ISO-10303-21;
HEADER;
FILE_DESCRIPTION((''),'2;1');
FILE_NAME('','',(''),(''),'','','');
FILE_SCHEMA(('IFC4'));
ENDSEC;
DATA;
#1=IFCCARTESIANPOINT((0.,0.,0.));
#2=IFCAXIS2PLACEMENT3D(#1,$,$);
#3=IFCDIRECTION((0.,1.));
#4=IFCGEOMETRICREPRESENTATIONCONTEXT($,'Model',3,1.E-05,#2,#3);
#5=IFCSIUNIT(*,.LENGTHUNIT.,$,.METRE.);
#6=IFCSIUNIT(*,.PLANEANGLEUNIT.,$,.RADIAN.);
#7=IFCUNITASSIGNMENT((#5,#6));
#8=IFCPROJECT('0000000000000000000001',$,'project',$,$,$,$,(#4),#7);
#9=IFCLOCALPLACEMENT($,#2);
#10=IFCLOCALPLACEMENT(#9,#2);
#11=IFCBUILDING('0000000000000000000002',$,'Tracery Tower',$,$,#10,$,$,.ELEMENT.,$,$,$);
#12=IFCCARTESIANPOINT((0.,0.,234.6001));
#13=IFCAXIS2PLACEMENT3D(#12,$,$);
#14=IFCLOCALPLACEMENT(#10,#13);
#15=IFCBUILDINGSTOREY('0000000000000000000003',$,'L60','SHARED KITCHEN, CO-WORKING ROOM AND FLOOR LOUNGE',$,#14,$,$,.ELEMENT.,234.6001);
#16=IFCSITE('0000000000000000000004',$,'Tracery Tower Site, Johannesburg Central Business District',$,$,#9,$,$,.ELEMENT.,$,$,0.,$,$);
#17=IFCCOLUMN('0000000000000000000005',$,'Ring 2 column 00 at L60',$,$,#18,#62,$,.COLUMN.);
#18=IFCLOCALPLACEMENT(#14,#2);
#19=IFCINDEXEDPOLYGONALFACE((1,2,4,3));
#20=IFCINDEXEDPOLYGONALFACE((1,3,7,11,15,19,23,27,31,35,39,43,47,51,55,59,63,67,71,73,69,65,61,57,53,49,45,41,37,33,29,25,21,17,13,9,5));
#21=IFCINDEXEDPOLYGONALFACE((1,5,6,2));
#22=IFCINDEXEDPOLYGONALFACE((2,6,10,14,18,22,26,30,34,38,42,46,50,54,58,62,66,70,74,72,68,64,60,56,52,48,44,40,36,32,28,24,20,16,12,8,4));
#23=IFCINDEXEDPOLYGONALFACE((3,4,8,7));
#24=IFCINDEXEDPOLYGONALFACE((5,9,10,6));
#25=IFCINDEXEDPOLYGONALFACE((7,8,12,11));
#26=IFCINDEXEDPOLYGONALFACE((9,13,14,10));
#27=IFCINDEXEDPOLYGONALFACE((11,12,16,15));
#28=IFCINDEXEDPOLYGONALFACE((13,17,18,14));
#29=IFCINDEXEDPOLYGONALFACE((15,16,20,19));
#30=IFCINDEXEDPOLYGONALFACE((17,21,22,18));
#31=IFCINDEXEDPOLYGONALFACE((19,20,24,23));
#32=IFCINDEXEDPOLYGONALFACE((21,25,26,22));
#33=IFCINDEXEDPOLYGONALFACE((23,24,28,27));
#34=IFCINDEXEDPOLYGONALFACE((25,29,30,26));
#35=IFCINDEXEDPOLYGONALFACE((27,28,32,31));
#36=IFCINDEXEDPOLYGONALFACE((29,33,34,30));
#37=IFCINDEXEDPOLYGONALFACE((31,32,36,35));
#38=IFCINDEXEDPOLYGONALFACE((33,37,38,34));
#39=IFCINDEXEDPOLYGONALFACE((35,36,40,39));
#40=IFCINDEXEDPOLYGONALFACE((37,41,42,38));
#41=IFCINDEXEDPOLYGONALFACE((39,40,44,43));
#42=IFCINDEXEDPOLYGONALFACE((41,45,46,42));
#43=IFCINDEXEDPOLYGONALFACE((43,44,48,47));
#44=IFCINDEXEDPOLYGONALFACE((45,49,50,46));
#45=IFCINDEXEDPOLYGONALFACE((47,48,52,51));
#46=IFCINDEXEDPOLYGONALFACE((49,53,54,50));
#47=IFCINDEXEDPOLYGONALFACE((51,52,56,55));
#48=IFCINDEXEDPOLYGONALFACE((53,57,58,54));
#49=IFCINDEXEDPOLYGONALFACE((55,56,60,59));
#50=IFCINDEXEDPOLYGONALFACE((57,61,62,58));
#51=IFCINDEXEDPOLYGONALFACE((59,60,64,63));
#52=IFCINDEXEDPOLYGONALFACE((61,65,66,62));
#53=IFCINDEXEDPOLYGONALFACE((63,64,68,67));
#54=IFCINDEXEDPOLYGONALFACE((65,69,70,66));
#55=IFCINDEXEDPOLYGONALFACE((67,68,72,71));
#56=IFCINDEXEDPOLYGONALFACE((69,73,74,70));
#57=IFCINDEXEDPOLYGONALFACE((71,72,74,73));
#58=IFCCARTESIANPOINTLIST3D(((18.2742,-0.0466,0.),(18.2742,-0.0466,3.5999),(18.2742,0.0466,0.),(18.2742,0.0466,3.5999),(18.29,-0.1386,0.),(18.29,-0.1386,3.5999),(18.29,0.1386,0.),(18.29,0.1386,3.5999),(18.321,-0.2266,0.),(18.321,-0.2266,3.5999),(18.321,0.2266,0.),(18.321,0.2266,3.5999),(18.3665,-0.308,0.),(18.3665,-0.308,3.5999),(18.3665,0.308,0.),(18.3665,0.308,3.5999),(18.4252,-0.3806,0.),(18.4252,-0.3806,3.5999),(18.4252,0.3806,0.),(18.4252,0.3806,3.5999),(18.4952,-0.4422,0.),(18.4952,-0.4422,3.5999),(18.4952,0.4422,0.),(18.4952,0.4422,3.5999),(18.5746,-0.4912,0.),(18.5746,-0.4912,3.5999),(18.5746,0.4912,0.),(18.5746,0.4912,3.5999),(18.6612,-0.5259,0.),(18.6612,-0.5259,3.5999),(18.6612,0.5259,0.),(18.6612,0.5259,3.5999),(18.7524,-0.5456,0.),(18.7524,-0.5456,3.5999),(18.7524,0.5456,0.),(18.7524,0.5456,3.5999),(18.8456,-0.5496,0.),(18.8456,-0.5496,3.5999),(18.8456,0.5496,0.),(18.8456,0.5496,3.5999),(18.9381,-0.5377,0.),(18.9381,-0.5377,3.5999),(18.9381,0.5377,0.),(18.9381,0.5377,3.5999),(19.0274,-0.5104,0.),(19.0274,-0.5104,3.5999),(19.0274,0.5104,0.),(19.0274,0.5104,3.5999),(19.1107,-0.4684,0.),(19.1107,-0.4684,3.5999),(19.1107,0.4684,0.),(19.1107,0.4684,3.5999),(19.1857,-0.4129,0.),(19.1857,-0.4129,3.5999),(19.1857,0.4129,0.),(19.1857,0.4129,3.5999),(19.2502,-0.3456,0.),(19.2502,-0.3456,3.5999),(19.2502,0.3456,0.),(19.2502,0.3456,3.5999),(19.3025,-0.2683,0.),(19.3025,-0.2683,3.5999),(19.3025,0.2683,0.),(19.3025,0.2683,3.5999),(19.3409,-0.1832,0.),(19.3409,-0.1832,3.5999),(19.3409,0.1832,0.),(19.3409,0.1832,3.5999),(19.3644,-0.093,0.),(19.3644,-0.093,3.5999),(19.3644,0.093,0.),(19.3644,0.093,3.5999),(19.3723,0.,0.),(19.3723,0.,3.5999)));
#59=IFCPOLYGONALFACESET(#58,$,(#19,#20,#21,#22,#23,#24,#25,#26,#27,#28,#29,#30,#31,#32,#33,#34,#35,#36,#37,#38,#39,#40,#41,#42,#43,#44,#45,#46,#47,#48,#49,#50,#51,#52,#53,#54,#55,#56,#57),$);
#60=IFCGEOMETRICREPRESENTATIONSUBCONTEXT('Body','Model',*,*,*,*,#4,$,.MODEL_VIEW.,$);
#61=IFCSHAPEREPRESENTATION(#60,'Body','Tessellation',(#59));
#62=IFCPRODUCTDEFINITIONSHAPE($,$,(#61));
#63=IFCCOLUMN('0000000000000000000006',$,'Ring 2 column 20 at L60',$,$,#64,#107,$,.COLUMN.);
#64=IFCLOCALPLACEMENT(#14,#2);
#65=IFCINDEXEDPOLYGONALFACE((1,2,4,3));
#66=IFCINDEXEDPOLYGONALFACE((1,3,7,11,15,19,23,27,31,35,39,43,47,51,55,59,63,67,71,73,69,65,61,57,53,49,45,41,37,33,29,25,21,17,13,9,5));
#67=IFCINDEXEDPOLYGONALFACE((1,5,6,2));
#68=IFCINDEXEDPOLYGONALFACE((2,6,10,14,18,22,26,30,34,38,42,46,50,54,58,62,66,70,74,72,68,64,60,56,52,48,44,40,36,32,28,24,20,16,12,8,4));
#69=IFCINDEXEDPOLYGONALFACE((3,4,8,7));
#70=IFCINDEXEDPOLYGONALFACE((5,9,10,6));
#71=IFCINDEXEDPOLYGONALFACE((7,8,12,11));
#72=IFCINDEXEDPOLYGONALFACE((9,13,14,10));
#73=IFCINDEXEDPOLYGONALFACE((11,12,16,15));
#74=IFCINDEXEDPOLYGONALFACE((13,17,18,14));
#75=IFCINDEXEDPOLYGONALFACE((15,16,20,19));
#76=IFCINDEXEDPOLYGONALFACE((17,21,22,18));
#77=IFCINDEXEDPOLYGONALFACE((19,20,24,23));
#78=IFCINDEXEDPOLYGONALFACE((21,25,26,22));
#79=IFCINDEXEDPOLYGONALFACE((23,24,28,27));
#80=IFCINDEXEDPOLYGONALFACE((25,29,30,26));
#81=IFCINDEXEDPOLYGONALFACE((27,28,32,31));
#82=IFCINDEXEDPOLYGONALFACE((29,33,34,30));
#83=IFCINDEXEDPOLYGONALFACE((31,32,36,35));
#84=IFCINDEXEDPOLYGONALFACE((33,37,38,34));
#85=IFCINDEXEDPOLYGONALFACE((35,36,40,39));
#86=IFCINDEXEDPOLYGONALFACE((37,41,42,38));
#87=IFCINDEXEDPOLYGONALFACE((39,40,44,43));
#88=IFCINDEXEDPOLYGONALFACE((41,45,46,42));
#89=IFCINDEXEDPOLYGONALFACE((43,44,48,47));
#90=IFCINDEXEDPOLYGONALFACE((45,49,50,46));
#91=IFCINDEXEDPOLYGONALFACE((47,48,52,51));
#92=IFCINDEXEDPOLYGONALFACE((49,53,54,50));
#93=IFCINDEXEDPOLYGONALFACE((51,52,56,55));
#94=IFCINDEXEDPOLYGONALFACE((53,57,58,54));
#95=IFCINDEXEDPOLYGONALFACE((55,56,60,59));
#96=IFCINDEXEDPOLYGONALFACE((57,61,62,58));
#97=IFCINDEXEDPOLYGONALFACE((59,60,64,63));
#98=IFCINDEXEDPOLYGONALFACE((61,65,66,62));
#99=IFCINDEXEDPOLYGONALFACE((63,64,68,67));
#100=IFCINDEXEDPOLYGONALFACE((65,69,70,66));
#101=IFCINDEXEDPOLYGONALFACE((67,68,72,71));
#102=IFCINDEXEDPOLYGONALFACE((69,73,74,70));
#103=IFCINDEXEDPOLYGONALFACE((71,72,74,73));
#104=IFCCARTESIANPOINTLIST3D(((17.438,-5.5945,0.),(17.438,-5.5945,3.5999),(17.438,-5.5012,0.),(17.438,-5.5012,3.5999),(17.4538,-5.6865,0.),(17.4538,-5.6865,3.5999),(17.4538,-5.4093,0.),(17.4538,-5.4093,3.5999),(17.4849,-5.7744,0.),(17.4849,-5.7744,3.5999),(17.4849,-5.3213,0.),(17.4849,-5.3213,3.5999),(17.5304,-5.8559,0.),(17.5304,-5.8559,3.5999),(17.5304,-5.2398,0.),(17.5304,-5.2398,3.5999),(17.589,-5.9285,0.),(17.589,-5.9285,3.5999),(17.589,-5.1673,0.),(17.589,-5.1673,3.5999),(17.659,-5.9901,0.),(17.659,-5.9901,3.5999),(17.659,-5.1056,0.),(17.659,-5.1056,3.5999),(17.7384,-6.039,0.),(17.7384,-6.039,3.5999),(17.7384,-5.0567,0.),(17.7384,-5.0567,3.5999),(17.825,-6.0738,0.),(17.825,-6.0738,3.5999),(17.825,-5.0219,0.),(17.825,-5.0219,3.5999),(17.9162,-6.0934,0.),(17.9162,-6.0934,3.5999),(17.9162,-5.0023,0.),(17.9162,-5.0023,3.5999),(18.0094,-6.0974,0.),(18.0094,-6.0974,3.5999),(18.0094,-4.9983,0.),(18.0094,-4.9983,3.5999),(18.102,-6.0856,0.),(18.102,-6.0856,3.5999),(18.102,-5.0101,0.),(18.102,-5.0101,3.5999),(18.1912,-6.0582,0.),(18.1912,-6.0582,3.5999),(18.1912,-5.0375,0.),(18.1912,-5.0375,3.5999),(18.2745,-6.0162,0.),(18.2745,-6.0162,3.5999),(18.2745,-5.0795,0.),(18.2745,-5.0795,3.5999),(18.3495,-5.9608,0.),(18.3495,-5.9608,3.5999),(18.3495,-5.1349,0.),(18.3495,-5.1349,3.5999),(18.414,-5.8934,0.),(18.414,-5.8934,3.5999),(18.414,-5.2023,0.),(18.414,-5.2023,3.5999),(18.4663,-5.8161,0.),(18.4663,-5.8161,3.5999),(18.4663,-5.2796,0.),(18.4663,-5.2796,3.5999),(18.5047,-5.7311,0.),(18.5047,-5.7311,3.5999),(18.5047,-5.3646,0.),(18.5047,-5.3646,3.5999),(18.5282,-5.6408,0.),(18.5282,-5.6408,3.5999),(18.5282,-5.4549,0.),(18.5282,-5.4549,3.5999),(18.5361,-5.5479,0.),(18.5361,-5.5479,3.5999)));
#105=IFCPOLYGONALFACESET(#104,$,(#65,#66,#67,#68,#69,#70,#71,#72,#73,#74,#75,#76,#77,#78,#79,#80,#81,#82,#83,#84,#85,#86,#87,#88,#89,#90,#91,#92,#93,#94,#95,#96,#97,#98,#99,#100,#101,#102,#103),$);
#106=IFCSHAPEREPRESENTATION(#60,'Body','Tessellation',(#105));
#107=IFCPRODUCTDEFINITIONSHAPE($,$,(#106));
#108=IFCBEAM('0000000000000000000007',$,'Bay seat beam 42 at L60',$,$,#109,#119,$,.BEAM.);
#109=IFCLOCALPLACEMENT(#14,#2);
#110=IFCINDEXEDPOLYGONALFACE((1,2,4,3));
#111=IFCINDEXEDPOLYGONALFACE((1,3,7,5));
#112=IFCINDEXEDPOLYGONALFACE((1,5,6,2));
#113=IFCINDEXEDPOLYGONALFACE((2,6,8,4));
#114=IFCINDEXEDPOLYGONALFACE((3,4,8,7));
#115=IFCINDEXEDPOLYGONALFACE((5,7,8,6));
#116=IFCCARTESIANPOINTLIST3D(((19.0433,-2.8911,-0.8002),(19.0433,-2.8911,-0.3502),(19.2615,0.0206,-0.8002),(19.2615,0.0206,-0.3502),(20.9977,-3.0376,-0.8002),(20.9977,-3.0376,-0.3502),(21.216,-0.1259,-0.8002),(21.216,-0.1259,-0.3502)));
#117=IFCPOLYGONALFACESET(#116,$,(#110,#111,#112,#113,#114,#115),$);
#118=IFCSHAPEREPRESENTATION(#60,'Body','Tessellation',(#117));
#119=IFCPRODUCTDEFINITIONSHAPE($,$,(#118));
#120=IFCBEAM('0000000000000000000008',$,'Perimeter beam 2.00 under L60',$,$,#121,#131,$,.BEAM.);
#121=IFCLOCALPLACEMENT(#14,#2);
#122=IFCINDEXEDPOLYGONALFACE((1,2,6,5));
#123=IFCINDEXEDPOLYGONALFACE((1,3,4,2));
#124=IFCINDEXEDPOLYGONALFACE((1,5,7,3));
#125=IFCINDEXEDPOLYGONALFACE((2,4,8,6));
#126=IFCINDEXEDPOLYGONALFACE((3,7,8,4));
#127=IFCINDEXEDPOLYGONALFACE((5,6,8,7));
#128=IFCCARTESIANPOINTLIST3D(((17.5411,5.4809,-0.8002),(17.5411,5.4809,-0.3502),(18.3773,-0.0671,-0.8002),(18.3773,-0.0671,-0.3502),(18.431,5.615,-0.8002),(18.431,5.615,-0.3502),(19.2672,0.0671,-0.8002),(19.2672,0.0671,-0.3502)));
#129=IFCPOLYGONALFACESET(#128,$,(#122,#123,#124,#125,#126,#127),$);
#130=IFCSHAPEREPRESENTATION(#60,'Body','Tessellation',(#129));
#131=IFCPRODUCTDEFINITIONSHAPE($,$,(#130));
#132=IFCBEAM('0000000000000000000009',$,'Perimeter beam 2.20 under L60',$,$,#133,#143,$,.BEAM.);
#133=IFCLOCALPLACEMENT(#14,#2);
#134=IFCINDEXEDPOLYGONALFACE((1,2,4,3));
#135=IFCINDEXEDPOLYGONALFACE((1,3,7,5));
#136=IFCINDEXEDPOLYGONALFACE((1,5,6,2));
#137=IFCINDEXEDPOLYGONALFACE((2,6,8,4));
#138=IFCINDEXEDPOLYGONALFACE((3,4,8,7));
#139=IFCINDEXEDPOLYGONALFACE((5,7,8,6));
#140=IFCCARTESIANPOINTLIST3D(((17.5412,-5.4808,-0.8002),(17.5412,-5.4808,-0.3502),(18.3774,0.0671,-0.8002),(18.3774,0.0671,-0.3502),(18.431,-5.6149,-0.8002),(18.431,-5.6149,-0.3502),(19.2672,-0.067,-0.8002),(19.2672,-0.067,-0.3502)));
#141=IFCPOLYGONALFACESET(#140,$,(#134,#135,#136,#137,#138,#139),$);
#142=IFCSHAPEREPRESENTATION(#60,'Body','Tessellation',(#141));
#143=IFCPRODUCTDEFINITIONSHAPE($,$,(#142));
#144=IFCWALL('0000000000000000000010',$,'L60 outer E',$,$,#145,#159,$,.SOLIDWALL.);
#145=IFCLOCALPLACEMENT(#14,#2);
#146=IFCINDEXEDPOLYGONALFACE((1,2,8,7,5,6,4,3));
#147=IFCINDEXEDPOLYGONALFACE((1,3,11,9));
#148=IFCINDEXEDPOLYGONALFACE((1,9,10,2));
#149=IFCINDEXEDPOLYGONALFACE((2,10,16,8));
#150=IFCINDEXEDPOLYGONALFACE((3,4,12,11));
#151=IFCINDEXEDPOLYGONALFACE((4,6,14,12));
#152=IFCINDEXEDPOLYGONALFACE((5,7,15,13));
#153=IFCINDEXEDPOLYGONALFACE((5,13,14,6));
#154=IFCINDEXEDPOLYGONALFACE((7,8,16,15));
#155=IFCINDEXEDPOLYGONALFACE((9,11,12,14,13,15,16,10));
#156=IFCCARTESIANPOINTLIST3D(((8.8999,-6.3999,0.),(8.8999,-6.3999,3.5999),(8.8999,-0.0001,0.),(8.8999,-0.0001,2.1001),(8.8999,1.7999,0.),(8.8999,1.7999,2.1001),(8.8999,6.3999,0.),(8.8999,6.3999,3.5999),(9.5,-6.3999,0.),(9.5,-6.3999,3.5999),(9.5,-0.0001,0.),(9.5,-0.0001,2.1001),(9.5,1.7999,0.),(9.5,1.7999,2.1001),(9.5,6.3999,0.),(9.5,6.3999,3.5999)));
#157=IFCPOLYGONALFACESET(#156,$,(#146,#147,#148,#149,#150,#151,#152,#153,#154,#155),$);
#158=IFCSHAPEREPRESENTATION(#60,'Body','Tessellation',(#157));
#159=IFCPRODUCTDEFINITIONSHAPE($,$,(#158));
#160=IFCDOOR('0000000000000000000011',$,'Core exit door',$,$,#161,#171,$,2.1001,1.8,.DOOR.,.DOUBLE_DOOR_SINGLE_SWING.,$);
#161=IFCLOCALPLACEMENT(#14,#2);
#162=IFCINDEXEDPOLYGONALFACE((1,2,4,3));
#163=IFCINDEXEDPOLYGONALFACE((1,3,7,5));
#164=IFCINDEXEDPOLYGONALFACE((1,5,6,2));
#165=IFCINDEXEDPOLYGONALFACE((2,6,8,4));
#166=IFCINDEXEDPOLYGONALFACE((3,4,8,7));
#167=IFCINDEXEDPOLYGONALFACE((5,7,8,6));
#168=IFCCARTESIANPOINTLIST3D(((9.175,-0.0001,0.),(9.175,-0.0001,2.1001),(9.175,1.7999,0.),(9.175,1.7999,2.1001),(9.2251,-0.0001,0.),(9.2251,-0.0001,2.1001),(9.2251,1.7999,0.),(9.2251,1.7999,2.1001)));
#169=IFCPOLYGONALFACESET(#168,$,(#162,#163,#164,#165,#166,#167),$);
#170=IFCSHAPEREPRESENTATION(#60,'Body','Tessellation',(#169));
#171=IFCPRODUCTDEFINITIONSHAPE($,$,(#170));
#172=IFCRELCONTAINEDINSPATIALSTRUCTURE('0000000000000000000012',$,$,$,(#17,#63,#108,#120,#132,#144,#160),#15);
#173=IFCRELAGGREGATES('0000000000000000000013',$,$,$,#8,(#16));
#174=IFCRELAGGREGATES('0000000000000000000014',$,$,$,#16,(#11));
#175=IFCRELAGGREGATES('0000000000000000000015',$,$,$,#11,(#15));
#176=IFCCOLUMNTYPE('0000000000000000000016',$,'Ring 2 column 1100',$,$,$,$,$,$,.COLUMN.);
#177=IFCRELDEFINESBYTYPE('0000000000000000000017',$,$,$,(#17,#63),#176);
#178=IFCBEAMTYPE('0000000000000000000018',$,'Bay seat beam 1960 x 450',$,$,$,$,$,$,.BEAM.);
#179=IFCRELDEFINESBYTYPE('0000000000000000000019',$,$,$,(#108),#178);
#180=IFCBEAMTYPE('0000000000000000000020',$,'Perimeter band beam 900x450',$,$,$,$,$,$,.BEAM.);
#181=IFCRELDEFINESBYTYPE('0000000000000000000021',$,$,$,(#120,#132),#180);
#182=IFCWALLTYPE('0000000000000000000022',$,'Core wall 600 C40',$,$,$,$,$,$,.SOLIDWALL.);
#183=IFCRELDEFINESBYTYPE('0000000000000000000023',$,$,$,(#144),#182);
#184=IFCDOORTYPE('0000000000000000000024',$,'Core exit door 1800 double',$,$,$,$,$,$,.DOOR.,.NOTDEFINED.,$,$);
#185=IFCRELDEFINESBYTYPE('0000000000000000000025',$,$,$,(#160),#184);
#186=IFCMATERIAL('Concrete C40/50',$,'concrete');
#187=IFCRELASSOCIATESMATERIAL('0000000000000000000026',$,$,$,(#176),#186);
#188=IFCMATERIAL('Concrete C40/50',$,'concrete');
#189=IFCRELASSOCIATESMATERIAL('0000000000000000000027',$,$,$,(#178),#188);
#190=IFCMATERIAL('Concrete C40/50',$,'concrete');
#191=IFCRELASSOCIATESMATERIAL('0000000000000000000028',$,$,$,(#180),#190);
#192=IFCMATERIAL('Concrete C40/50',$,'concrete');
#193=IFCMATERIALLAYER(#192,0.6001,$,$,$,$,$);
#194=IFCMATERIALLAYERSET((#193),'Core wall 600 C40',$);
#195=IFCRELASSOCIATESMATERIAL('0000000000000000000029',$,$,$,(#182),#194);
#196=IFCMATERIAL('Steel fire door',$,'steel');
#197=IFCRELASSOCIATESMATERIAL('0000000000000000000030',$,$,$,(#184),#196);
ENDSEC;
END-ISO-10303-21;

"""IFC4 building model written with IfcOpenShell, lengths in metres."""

from ifc_helpers import new_model, si_unit, direction, frame, frame_2d, origin, origin_2d, place, context, subcontext, project, spatial, rectangle, circle, extrude, material, layer, layer_set, material_profile, profile_set, type_object, element, fill, save


model = new_model("IFC4")

# Units and contexts
model_context = context("Model", 3, precision=1e-05, world=origin(), true_north=direction((0.0, 1.0)))
body_context = subcontext(model_context, "Body", "Model", "MODEL_VIEW")
ifc_project = project(units=[si_unit("LENGTHUNIT", "METRE"), si_unit("PLANEANGLEUNIT", "RADIAN")], contexts=[model_context])

# Site, building, storey
site_placement = place(None, origin())
site = spatial("IfcSite", under=ifc_project, at=site_placement, Name="Tracery Tower Site, Johannesburg Central Business District", CompositionType="ELEMENT", RefElevation=0.0)
building_placement = place(site_placement, origin())
building = spatial("IfcBuilding", under=site, at=building_placement, Name="Tracery Tower", CompositionType="ELEMENT")
storey_placement = place(building_placement, frame((0.0, 0.0, 234.6001)))
storey = spatial("IfcBuildingStorey", under=building, at=storey_placement, Name="L60", Description="SHARED KITCHEN, CO-WORKING ROOM AND FLOOR LOUNGE", CompositionType="ELEMENT", Elevation=234.6001)

# Columns
ifc_material_1 = material(Name="Concrete C40/50", Category="concrete")
ifc_material_profile_1 = material_profile(ifc_material_1, circle(Radius=0.55, at=origin_2d()), Name="RC D1100")
ifc_profile_set_1 = profile_set([ifc_material_profile_1], Name="Concrete C40/50")
column_type = type_object("IfcColumnType", Name="Ring 2 column 1100", PredefinedType="COLUMN", material=ifc_profile_set_1)
for number, where, z_axis, x_axis, name in (
    (1, (18.8223, 0.0, 0.0), (0.0, 0.0, 1.0), (1.0, 0.0, 0.0), "Ring 2 column 00 at L60"),
    (2, (17.9861, -5.5479, 0.0), (0.0, 0.0, 1.0), (1.0, 0.0, 0.0), "Ring 2 column 20 at L60"),
):
    element("IfcColumn", number, at=place(storey_placement, frame(where, z_axis=z_axis, x_axis=x_axis)), inside=storey, type_object=column_type, Name=name, PredefinedType="COLUMN", context=body_context, shape_type="SweptSolid", body=[
        extrude(circle(Radius=0.55, at=origin_2d()), origin(), (0.0, 0.0, 1.0), 3.5999),
    ])

# Beams
ifc_material_2 = material(Name="Concrete C40/50", Category="concrete")
ifc_material_profile_2 = material_profile(ifc_material_2, rectangle(XDim=1.96, YDim=0.45, at=origin_2d()), Name="RC 1960x450")
ifc_profile_set_2 = profile_set([ifc_material_profile_2], Name="Concrete C40/50")
beam_type_1 = type_object("IfcBeamType", Name="Bay seat beam 1960 x 450", PredefinedType="BEAM", material=ifc_profile_set_2)
beam_placement = place(storey_placement, frame((20.0205, -2.9644, -0.5752), z_axis=(0.074746, 0.997203, 0.0), x_axis=(-0.997203, 0.074746, 0.0)))
element("IfcBeam", 3, at=beam_placement, inside=storey, type_object=beam_type_1, Name="Bay seat beam 42 at L60", PredefinedType="BEAM", context=body_context, shape_type="SweptSolid", body=[
    extrude(rectangle(XDim=1.96, YDim=0.45, at=origin_2d()), origin(), (0.0, 0.0, 1.0), 2.9199),
])
ifc_material_3 = material(Name="Concrete C40/50", Category="concrete")
ifc_material_profile_3 = material_profile(ifc_material_3, rectangle(XDim=0.8999, YDim=0.45, at=origin_2d()), Name="RC 900x450")
ifc_profile_set_3 = profile_set([ifc_material_profile_3], Name="Concrete C40/50")
beam_type_2 = type_object("IfcBeamType", Name="Perimeter band beam 900x450", PredefinedType="BEAM", material=ifc_profile_set_3)
for number, where, z_axis, x_axis, name in (
    (4, (18.8223, 0.0, -0.5752), (-0.149038, 0.988831, 0.0), (-0.988831, -0.149038, 0.0), "Perimeter beam 2.00 under L60"),
    (5, (17.9861, -5.5479, -0.5752), (0.149038, 0.988831, 0.0), (-0.988831, 0.149038, 0.0), "Perimeter beam 2.20 under L60"),
):
    element("IfcBeam", number, at=place(storey_placement, frame(where, z_axis=z_axis, x_axis=x_axis)), inside=storey, type_object=beam_type_2, Name=name, PredefinedType="BEAM", context=body_context, shape_type="SweptSolid", body=[
        extrude(rectangle(XDim=0.8999, YDim=0.45, at=origin_2d()), origin(), (0.0, 0.0, 1.0), 5.6106),
    ])

# Wall, opening, door
ifc_material_4 = material(Name="Concrete C40/50", Category="concrete")
ifc_layer_1 = layer(ifc_material_4, 0.6001)
ifc_layer_set_1 = layer_set([ifc_layer_1], Name="Core wall 600 C40")
wall_type_1 = type_object("IfcWallType", Name="Core wall 600 C40", PredefinedType="SOLIDWALL", material=ifc_layer_set_1)
wall_1_placement = place(storey_placement, frame((9.2, -6.3999, 0.0), z_axis=(0.0, 0.0, 1.0), x_axis=(0.0, 1.0, 0.0)))
wall_1 = element("IfcWall", 6, at=wall_1_placement, inside=storey, type_object=wall_type_1, Name="L60 outer E", PredefinedType="SOLIDWALL", context=body_context, shape_type="SweptSolid", body=[
    extrude(rectangle(XDim=12.7998, YDim=0.6001, at=frame_2d((6.3999, 0.0))), origin(), (0.0, 0.0, 1.0), 3.5999),
])
opening_1_placement = place(wall_1_placement, frame((6.3999, 0.0, 0.0)))
opening_1 = element("IfcOpeningElement", 7, at=opening_1_placement, cuts=wall_1, PredefinedType="OPENING", context=body_context, shape_type="SweptSolid", body=[
    extrude(rectangle(XDim=1.8, YDim=2.1001, at=frame_2d((0.8999, 1.05))), frame((0.0, 0.3, 0.0), z_axis=(0.0, -1.0, 0.0), x_axis=(1.0, 0.0, 0.0)), (0.0, 0.0, 1.0), 0.6001),
])
ifc_material_5 = material(Name="Steel fire door", Category="steel")
door_type_1 = type_object("IfcDoorType", Name="Core exit door 1800 double", OperationType="NOTDEFINED", PredefinedType="DOOR", material=ifc_material_5)
door_1_placement = place(opening_1_placement, origin())
door_1 = element("IfcDoor", 8, at=door_1_placement, inside=storey, type_object=door_type_1, Name="Core exit door", OperationType="DOUBLE_DOOR_SINGLE_SWING", OverallHeight=2.1001, OverallWidth=1.8, PredefinedType="DOOR", context=body_context, shape_type="SweptSolid", body=[
    extrude(rectangle(XDim=1.8, YDim=2.1001, at=frame_2d((0.8999, 1.05))), frame((0.0, 0.0249, 0.0), z_axis=(0.0, -1.0, 0.0), x_axis=(1.0, 0.0, 0.0)), (0.0, 0.0, 1.0), 0.05),
])
fill(opening_1, door_1)

save(model, "model.ifc")
